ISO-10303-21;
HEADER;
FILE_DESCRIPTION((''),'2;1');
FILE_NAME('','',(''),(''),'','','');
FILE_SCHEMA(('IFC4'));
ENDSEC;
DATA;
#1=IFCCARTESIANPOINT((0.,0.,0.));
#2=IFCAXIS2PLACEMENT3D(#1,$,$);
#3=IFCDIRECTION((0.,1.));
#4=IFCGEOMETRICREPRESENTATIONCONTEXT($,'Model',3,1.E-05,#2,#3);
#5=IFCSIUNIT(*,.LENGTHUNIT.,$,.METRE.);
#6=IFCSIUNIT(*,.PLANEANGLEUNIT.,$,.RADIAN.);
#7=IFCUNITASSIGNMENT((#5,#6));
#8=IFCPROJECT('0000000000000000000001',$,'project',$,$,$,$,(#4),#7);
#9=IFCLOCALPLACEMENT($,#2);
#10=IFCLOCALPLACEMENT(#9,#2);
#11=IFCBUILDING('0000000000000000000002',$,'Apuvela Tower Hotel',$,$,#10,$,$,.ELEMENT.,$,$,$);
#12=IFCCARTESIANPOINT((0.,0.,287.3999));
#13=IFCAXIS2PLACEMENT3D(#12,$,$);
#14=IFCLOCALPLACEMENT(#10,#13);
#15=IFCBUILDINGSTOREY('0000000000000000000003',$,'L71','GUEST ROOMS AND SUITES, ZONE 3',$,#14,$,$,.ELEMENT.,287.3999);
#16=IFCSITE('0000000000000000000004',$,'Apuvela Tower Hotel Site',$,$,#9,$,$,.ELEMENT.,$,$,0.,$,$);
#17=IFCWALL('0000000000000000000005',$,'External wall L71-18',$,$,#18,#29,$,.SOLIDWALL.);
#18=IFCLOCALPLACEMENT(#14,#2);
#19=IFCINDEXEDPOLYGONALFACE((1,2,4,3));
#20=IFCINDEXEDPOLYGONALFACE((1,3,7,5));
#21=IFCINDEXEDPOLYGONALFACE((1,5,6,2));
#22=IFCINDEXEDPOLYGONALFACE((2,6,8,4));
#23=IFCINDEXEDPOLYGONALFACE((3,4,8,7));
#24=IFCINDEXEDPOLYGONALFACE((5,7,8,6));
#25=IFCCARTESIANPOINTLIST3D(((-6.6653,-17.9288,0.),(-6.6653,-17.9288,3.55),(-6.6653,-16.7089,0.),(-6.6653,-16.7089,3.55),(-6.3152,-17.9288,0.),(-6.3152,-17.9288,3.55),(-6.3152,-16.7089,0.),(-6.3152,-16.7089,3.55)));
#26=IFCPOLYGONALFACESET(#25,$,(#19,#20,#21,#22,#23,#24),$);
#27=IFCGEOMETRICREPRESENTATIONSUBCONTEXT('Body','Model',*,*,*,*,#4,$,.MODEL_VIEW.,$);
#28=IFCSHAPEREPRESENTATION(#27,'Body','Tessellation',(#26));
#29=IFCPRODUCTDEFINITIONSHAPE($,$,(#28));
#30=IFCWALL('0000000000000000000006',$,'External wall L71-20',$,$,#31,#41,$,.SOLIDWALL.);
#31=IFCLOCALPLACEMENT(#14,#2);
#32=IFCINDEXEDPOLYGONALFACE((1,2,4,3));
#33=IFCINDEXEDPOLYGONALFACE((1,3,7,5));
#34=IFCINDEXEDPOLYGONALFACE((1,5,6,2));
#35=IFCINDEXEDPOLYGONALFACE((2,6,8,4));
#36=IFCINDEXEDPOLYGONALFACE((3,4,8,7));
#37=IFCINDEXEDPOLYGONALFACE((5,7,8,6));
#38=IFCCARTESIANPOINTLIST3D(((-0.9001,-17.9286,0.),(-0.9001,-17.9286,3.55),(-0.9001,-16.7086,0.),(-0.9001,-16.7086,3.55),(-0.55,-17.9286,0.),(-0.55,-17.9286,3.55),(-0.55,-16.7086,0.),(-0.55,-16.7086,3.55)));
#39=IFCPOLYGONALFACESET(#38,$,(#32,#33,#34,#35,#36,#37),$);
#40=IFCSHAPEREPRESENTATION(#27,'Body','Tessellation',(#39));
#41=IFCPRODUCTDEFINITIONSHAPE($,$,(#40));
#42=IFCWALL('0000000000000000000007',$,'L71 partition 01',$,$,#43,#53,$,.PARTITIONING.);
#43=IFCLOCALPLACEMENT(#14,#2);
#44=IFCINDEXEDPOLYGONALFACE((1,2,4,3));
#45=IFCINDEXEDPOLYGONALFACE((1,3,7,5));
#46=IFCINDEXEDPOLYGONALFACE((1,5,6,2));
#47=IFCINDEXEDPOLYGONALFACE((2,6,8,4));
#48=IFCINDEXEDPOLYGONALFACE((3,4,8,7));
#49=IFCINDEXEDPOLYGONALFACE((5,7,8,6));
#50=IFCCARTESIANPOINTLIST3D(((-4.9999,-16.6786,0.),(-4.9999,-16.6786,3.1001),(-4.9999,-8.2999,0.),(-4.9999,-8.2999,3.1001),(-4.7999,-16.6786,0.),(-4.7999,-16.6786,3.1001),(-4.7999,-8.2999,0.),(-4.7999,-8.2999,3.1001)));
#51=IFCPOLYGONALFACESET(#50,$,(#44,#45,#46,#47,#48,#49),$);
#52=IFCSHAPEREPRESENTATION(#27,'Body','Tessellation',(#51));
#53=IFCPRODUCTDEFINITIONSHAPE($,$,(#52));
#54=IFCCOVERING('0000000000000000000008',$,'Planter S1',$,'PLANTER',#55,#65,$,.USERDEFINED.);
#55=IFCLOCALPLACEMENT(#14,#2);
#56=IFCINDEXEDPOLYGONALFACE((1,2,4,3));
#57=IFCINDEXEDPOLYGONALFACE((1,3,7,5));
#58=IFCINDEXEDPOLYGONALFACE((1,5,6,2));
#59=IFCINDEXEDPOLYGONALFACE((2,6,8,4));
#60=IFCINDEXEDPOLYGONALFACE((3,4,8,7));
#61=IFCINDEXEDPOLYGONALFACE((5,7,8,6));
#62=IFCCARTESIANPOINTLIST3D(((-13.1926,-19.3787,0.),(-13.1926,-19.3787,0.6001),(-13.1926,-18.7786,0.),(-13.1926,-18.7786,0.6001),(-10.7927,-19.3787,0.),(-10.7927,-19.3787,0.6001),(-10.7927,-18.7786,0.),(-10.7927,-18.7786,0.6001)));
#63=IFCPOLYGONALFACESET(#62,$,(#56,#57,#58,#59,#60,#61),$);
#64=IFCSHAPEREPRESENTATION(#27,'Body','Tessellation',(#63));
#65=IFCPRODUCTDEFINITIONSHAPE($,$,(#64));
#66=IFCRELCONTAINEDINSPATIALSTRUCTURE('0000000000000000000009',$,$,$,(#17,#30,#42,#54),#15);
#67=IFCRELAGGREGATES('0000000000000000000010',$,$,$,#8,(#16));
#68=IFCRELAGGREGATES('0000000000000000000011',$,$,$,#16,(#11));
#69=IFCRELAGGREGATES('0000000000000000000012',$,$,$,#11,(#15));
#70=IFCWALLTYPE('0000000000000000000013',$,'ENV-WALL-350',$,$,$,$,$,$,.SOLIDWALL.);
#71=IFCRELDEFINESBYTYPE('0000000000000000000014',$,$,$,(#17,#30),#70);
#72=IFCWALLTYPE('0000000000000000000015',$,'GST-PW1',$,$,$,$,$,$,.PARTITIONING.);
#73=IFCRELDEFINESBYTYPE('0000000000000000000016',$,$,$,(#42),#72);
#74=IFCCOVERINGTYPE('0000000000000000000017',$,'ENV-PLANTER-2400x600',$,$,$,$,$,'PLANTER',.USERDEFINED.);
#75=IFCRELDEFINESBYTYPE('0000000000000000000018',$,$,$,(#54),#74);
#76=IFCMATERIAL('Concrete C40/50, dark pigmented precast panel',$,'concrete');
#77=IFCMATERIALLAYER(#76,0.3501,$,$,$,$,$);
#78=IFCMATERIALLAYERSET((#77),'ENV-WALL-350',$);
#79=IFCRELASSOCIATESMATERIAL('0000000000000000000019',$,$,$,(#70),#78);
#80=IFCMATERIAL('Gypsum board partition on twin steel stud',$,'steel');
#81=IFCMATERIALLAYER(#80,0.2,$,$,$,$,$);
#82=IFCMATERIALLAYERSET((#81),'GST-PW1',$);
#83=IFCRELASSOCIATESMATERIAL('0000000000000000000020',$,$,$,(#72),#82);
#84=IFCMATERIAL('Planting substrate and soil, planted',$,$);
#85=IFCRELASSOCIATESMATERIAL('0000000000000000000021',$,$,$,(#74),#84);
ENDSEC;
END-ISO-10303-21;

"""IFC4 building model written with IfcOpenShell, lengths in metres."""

from ifc_helpers import new_model, si_unit, direction, frame, frame_2d, origin, origin_2d, place, context, subcontext, project, spatial, rectangle, extrude, material, layer, layer_set, type_object, element, save


model = new_model("IFC4")

# Units and contexts
model_context = context("Model", 3, precision=1e-05, world=origin(), true_north=direction((0.0, 1.0)))
body_context = subcontext(model_context, "Body", "Model", "MODEL_VIEW")
ifc_project = project(units=[si_unit("LENGTHUNIT", "METRE"), si_unit("PLANEANGLEUNIT", "RADIAN")], contexts=[model_context])

# Site, building, storey
site_placement = place(None, origin())
site = spatial("IfcSite", under=ifc_project, at=site_placement, Name="Apuvela Tower Hotel Site", CompositionType="ELEMENT", RefElevation=0.0)
building_placement = place(site_placement, origin())
building = spatial("IfcBuilding", under=site, at=building_placement, Name="Apuvela Tower Hotel", CompositionType="ELEMENT")
storey_placement = place(building_placement, frame((0.0, 0.0, 287.3999)))
storey = spatial("IfcBuildingStorey", under=building, at=storey_placement, Name="L71", Description="GUEST ROOMS AND SUITES, ZONE 3", CompositionType="ELEMENT", Elevation=287.3999)

# Wall
ifc_material_1 = material(Name="Concrete C40/50, dark pigmented precast panel", Category="concrete")
ifc_layer_1 = layer(ifc_material_1, 0.3501)
ifc_layer_set_1 = layer_set([ifc_layer_1], Name="ENV-WALL-350")
wall_type_1 = type_object("IfcWallType", Name="ENV-WALL-350", PredefinedType="SOLIDWALL", material=ifc_layer_set_1)
wall_1_placement = place(storey_placement, frame((-6.4902, -17.9287, 0.0), z_axis=(0.0, 0.0, 1.0), x_axis=(0.0, 1.0, 0.0)))
element("IfcWall", 1, at=wall_1_placement, inside=storey, type_object=wall_type_1, Name="External wall L71-18", PredefinedType="SOLIDWALL", context=body_context, shape_type="SweptSolid", body=[
    extrude(rectangle(XDim=1.22, YDim=0.3501, at=frame_2d((0.6099, 0.0))), origin(), (0.0, 0.0, 1.0), 3.55),
])

# Wall
wall_2_placement = place(storey_placement, frame((-0.7251, -16.7087, 0.0), z_axis=(0.0, 0.0, 1.0), x_axis=(0.0, -1.0, 0.0)))
element("IfcWall", 2, at=wall_2_placement, inside=storey, type_object=wall_type_1, Name="External wall L71-20", PredefinedType="SOLIDWALL", context=body_context, shape_type="SweptSolid", body=[
    extrude(rectangle(XDim=1.22, YDim=0.3501, at=frame_2d((0.6099, 0.0))), origin(), (0.0, 0.0, 1.0), 3.55),
])

# Wall
ifc_material_2 = material(Name="Gypsum board partition on twin steel stud", Category="steel")
ifc_layer_2 = layer(ifc_material_2, 0.2)
ifc_layer_set_2 = layer_set([ifc_layer_2], Name="GST-PW1")
wall_type_2 = type_object("IfcWallType", Name="GST-PW1", PredefinedType="PARTITIONING", material=ifc_layer_set_2)
wall_3_placement = place(storey_placement, frame((-4.8999, -16.6787, 0.0), z_axis=(0.0, 0.0, 1.0), x_axis=(0.0, 1.0, 0.0)))
element("IfcWall", 3, at=wall_3_placement, inside=storey, type_object=wall_type_2, Name="L71 partition 01", PredefinedType="PARTITIONING", context=body_context, shape_type="SweptSolid", body=[
    extrude(rectangle(XDim=8.3787, YDim=0.2, at=frame_2d((4.1895, 0.0))), origin(), (0.0, 0.0, 1.0), 3.1001),
])

# Covering
ifc_material_3 = material(Name="Planting substrate and soil, planted")
covering_type = type_object("IfcCoveringType", Name="ENV-PLANTER-2400x600", ElementType="PLANTER", PredefinedType="USERDEFINED", material=ifc_material_3)
covering_placement = place(storey_placement, frame((-11.9927, -19.0786, 0.0), z_axis=(0.0, 0.0, 1.0), x_axis=(1.0, 0.0, 0.0)))
element("IfcCovering", 4, at=covering_placement, inside=storey, type_object=covering_type, Name="Planter S1", ObjectType="PLANTER", PredefinedType="USERDEFINED", context=body_context, shape_type="SweptSolid", body=[
    extrude(rectangle(XDim=2.3999, YDim=0.6001, at=origin_2d()), origin(), (0.0, 0.0, 1.0), 0.6001),
])

save(model, "model.ifc")
